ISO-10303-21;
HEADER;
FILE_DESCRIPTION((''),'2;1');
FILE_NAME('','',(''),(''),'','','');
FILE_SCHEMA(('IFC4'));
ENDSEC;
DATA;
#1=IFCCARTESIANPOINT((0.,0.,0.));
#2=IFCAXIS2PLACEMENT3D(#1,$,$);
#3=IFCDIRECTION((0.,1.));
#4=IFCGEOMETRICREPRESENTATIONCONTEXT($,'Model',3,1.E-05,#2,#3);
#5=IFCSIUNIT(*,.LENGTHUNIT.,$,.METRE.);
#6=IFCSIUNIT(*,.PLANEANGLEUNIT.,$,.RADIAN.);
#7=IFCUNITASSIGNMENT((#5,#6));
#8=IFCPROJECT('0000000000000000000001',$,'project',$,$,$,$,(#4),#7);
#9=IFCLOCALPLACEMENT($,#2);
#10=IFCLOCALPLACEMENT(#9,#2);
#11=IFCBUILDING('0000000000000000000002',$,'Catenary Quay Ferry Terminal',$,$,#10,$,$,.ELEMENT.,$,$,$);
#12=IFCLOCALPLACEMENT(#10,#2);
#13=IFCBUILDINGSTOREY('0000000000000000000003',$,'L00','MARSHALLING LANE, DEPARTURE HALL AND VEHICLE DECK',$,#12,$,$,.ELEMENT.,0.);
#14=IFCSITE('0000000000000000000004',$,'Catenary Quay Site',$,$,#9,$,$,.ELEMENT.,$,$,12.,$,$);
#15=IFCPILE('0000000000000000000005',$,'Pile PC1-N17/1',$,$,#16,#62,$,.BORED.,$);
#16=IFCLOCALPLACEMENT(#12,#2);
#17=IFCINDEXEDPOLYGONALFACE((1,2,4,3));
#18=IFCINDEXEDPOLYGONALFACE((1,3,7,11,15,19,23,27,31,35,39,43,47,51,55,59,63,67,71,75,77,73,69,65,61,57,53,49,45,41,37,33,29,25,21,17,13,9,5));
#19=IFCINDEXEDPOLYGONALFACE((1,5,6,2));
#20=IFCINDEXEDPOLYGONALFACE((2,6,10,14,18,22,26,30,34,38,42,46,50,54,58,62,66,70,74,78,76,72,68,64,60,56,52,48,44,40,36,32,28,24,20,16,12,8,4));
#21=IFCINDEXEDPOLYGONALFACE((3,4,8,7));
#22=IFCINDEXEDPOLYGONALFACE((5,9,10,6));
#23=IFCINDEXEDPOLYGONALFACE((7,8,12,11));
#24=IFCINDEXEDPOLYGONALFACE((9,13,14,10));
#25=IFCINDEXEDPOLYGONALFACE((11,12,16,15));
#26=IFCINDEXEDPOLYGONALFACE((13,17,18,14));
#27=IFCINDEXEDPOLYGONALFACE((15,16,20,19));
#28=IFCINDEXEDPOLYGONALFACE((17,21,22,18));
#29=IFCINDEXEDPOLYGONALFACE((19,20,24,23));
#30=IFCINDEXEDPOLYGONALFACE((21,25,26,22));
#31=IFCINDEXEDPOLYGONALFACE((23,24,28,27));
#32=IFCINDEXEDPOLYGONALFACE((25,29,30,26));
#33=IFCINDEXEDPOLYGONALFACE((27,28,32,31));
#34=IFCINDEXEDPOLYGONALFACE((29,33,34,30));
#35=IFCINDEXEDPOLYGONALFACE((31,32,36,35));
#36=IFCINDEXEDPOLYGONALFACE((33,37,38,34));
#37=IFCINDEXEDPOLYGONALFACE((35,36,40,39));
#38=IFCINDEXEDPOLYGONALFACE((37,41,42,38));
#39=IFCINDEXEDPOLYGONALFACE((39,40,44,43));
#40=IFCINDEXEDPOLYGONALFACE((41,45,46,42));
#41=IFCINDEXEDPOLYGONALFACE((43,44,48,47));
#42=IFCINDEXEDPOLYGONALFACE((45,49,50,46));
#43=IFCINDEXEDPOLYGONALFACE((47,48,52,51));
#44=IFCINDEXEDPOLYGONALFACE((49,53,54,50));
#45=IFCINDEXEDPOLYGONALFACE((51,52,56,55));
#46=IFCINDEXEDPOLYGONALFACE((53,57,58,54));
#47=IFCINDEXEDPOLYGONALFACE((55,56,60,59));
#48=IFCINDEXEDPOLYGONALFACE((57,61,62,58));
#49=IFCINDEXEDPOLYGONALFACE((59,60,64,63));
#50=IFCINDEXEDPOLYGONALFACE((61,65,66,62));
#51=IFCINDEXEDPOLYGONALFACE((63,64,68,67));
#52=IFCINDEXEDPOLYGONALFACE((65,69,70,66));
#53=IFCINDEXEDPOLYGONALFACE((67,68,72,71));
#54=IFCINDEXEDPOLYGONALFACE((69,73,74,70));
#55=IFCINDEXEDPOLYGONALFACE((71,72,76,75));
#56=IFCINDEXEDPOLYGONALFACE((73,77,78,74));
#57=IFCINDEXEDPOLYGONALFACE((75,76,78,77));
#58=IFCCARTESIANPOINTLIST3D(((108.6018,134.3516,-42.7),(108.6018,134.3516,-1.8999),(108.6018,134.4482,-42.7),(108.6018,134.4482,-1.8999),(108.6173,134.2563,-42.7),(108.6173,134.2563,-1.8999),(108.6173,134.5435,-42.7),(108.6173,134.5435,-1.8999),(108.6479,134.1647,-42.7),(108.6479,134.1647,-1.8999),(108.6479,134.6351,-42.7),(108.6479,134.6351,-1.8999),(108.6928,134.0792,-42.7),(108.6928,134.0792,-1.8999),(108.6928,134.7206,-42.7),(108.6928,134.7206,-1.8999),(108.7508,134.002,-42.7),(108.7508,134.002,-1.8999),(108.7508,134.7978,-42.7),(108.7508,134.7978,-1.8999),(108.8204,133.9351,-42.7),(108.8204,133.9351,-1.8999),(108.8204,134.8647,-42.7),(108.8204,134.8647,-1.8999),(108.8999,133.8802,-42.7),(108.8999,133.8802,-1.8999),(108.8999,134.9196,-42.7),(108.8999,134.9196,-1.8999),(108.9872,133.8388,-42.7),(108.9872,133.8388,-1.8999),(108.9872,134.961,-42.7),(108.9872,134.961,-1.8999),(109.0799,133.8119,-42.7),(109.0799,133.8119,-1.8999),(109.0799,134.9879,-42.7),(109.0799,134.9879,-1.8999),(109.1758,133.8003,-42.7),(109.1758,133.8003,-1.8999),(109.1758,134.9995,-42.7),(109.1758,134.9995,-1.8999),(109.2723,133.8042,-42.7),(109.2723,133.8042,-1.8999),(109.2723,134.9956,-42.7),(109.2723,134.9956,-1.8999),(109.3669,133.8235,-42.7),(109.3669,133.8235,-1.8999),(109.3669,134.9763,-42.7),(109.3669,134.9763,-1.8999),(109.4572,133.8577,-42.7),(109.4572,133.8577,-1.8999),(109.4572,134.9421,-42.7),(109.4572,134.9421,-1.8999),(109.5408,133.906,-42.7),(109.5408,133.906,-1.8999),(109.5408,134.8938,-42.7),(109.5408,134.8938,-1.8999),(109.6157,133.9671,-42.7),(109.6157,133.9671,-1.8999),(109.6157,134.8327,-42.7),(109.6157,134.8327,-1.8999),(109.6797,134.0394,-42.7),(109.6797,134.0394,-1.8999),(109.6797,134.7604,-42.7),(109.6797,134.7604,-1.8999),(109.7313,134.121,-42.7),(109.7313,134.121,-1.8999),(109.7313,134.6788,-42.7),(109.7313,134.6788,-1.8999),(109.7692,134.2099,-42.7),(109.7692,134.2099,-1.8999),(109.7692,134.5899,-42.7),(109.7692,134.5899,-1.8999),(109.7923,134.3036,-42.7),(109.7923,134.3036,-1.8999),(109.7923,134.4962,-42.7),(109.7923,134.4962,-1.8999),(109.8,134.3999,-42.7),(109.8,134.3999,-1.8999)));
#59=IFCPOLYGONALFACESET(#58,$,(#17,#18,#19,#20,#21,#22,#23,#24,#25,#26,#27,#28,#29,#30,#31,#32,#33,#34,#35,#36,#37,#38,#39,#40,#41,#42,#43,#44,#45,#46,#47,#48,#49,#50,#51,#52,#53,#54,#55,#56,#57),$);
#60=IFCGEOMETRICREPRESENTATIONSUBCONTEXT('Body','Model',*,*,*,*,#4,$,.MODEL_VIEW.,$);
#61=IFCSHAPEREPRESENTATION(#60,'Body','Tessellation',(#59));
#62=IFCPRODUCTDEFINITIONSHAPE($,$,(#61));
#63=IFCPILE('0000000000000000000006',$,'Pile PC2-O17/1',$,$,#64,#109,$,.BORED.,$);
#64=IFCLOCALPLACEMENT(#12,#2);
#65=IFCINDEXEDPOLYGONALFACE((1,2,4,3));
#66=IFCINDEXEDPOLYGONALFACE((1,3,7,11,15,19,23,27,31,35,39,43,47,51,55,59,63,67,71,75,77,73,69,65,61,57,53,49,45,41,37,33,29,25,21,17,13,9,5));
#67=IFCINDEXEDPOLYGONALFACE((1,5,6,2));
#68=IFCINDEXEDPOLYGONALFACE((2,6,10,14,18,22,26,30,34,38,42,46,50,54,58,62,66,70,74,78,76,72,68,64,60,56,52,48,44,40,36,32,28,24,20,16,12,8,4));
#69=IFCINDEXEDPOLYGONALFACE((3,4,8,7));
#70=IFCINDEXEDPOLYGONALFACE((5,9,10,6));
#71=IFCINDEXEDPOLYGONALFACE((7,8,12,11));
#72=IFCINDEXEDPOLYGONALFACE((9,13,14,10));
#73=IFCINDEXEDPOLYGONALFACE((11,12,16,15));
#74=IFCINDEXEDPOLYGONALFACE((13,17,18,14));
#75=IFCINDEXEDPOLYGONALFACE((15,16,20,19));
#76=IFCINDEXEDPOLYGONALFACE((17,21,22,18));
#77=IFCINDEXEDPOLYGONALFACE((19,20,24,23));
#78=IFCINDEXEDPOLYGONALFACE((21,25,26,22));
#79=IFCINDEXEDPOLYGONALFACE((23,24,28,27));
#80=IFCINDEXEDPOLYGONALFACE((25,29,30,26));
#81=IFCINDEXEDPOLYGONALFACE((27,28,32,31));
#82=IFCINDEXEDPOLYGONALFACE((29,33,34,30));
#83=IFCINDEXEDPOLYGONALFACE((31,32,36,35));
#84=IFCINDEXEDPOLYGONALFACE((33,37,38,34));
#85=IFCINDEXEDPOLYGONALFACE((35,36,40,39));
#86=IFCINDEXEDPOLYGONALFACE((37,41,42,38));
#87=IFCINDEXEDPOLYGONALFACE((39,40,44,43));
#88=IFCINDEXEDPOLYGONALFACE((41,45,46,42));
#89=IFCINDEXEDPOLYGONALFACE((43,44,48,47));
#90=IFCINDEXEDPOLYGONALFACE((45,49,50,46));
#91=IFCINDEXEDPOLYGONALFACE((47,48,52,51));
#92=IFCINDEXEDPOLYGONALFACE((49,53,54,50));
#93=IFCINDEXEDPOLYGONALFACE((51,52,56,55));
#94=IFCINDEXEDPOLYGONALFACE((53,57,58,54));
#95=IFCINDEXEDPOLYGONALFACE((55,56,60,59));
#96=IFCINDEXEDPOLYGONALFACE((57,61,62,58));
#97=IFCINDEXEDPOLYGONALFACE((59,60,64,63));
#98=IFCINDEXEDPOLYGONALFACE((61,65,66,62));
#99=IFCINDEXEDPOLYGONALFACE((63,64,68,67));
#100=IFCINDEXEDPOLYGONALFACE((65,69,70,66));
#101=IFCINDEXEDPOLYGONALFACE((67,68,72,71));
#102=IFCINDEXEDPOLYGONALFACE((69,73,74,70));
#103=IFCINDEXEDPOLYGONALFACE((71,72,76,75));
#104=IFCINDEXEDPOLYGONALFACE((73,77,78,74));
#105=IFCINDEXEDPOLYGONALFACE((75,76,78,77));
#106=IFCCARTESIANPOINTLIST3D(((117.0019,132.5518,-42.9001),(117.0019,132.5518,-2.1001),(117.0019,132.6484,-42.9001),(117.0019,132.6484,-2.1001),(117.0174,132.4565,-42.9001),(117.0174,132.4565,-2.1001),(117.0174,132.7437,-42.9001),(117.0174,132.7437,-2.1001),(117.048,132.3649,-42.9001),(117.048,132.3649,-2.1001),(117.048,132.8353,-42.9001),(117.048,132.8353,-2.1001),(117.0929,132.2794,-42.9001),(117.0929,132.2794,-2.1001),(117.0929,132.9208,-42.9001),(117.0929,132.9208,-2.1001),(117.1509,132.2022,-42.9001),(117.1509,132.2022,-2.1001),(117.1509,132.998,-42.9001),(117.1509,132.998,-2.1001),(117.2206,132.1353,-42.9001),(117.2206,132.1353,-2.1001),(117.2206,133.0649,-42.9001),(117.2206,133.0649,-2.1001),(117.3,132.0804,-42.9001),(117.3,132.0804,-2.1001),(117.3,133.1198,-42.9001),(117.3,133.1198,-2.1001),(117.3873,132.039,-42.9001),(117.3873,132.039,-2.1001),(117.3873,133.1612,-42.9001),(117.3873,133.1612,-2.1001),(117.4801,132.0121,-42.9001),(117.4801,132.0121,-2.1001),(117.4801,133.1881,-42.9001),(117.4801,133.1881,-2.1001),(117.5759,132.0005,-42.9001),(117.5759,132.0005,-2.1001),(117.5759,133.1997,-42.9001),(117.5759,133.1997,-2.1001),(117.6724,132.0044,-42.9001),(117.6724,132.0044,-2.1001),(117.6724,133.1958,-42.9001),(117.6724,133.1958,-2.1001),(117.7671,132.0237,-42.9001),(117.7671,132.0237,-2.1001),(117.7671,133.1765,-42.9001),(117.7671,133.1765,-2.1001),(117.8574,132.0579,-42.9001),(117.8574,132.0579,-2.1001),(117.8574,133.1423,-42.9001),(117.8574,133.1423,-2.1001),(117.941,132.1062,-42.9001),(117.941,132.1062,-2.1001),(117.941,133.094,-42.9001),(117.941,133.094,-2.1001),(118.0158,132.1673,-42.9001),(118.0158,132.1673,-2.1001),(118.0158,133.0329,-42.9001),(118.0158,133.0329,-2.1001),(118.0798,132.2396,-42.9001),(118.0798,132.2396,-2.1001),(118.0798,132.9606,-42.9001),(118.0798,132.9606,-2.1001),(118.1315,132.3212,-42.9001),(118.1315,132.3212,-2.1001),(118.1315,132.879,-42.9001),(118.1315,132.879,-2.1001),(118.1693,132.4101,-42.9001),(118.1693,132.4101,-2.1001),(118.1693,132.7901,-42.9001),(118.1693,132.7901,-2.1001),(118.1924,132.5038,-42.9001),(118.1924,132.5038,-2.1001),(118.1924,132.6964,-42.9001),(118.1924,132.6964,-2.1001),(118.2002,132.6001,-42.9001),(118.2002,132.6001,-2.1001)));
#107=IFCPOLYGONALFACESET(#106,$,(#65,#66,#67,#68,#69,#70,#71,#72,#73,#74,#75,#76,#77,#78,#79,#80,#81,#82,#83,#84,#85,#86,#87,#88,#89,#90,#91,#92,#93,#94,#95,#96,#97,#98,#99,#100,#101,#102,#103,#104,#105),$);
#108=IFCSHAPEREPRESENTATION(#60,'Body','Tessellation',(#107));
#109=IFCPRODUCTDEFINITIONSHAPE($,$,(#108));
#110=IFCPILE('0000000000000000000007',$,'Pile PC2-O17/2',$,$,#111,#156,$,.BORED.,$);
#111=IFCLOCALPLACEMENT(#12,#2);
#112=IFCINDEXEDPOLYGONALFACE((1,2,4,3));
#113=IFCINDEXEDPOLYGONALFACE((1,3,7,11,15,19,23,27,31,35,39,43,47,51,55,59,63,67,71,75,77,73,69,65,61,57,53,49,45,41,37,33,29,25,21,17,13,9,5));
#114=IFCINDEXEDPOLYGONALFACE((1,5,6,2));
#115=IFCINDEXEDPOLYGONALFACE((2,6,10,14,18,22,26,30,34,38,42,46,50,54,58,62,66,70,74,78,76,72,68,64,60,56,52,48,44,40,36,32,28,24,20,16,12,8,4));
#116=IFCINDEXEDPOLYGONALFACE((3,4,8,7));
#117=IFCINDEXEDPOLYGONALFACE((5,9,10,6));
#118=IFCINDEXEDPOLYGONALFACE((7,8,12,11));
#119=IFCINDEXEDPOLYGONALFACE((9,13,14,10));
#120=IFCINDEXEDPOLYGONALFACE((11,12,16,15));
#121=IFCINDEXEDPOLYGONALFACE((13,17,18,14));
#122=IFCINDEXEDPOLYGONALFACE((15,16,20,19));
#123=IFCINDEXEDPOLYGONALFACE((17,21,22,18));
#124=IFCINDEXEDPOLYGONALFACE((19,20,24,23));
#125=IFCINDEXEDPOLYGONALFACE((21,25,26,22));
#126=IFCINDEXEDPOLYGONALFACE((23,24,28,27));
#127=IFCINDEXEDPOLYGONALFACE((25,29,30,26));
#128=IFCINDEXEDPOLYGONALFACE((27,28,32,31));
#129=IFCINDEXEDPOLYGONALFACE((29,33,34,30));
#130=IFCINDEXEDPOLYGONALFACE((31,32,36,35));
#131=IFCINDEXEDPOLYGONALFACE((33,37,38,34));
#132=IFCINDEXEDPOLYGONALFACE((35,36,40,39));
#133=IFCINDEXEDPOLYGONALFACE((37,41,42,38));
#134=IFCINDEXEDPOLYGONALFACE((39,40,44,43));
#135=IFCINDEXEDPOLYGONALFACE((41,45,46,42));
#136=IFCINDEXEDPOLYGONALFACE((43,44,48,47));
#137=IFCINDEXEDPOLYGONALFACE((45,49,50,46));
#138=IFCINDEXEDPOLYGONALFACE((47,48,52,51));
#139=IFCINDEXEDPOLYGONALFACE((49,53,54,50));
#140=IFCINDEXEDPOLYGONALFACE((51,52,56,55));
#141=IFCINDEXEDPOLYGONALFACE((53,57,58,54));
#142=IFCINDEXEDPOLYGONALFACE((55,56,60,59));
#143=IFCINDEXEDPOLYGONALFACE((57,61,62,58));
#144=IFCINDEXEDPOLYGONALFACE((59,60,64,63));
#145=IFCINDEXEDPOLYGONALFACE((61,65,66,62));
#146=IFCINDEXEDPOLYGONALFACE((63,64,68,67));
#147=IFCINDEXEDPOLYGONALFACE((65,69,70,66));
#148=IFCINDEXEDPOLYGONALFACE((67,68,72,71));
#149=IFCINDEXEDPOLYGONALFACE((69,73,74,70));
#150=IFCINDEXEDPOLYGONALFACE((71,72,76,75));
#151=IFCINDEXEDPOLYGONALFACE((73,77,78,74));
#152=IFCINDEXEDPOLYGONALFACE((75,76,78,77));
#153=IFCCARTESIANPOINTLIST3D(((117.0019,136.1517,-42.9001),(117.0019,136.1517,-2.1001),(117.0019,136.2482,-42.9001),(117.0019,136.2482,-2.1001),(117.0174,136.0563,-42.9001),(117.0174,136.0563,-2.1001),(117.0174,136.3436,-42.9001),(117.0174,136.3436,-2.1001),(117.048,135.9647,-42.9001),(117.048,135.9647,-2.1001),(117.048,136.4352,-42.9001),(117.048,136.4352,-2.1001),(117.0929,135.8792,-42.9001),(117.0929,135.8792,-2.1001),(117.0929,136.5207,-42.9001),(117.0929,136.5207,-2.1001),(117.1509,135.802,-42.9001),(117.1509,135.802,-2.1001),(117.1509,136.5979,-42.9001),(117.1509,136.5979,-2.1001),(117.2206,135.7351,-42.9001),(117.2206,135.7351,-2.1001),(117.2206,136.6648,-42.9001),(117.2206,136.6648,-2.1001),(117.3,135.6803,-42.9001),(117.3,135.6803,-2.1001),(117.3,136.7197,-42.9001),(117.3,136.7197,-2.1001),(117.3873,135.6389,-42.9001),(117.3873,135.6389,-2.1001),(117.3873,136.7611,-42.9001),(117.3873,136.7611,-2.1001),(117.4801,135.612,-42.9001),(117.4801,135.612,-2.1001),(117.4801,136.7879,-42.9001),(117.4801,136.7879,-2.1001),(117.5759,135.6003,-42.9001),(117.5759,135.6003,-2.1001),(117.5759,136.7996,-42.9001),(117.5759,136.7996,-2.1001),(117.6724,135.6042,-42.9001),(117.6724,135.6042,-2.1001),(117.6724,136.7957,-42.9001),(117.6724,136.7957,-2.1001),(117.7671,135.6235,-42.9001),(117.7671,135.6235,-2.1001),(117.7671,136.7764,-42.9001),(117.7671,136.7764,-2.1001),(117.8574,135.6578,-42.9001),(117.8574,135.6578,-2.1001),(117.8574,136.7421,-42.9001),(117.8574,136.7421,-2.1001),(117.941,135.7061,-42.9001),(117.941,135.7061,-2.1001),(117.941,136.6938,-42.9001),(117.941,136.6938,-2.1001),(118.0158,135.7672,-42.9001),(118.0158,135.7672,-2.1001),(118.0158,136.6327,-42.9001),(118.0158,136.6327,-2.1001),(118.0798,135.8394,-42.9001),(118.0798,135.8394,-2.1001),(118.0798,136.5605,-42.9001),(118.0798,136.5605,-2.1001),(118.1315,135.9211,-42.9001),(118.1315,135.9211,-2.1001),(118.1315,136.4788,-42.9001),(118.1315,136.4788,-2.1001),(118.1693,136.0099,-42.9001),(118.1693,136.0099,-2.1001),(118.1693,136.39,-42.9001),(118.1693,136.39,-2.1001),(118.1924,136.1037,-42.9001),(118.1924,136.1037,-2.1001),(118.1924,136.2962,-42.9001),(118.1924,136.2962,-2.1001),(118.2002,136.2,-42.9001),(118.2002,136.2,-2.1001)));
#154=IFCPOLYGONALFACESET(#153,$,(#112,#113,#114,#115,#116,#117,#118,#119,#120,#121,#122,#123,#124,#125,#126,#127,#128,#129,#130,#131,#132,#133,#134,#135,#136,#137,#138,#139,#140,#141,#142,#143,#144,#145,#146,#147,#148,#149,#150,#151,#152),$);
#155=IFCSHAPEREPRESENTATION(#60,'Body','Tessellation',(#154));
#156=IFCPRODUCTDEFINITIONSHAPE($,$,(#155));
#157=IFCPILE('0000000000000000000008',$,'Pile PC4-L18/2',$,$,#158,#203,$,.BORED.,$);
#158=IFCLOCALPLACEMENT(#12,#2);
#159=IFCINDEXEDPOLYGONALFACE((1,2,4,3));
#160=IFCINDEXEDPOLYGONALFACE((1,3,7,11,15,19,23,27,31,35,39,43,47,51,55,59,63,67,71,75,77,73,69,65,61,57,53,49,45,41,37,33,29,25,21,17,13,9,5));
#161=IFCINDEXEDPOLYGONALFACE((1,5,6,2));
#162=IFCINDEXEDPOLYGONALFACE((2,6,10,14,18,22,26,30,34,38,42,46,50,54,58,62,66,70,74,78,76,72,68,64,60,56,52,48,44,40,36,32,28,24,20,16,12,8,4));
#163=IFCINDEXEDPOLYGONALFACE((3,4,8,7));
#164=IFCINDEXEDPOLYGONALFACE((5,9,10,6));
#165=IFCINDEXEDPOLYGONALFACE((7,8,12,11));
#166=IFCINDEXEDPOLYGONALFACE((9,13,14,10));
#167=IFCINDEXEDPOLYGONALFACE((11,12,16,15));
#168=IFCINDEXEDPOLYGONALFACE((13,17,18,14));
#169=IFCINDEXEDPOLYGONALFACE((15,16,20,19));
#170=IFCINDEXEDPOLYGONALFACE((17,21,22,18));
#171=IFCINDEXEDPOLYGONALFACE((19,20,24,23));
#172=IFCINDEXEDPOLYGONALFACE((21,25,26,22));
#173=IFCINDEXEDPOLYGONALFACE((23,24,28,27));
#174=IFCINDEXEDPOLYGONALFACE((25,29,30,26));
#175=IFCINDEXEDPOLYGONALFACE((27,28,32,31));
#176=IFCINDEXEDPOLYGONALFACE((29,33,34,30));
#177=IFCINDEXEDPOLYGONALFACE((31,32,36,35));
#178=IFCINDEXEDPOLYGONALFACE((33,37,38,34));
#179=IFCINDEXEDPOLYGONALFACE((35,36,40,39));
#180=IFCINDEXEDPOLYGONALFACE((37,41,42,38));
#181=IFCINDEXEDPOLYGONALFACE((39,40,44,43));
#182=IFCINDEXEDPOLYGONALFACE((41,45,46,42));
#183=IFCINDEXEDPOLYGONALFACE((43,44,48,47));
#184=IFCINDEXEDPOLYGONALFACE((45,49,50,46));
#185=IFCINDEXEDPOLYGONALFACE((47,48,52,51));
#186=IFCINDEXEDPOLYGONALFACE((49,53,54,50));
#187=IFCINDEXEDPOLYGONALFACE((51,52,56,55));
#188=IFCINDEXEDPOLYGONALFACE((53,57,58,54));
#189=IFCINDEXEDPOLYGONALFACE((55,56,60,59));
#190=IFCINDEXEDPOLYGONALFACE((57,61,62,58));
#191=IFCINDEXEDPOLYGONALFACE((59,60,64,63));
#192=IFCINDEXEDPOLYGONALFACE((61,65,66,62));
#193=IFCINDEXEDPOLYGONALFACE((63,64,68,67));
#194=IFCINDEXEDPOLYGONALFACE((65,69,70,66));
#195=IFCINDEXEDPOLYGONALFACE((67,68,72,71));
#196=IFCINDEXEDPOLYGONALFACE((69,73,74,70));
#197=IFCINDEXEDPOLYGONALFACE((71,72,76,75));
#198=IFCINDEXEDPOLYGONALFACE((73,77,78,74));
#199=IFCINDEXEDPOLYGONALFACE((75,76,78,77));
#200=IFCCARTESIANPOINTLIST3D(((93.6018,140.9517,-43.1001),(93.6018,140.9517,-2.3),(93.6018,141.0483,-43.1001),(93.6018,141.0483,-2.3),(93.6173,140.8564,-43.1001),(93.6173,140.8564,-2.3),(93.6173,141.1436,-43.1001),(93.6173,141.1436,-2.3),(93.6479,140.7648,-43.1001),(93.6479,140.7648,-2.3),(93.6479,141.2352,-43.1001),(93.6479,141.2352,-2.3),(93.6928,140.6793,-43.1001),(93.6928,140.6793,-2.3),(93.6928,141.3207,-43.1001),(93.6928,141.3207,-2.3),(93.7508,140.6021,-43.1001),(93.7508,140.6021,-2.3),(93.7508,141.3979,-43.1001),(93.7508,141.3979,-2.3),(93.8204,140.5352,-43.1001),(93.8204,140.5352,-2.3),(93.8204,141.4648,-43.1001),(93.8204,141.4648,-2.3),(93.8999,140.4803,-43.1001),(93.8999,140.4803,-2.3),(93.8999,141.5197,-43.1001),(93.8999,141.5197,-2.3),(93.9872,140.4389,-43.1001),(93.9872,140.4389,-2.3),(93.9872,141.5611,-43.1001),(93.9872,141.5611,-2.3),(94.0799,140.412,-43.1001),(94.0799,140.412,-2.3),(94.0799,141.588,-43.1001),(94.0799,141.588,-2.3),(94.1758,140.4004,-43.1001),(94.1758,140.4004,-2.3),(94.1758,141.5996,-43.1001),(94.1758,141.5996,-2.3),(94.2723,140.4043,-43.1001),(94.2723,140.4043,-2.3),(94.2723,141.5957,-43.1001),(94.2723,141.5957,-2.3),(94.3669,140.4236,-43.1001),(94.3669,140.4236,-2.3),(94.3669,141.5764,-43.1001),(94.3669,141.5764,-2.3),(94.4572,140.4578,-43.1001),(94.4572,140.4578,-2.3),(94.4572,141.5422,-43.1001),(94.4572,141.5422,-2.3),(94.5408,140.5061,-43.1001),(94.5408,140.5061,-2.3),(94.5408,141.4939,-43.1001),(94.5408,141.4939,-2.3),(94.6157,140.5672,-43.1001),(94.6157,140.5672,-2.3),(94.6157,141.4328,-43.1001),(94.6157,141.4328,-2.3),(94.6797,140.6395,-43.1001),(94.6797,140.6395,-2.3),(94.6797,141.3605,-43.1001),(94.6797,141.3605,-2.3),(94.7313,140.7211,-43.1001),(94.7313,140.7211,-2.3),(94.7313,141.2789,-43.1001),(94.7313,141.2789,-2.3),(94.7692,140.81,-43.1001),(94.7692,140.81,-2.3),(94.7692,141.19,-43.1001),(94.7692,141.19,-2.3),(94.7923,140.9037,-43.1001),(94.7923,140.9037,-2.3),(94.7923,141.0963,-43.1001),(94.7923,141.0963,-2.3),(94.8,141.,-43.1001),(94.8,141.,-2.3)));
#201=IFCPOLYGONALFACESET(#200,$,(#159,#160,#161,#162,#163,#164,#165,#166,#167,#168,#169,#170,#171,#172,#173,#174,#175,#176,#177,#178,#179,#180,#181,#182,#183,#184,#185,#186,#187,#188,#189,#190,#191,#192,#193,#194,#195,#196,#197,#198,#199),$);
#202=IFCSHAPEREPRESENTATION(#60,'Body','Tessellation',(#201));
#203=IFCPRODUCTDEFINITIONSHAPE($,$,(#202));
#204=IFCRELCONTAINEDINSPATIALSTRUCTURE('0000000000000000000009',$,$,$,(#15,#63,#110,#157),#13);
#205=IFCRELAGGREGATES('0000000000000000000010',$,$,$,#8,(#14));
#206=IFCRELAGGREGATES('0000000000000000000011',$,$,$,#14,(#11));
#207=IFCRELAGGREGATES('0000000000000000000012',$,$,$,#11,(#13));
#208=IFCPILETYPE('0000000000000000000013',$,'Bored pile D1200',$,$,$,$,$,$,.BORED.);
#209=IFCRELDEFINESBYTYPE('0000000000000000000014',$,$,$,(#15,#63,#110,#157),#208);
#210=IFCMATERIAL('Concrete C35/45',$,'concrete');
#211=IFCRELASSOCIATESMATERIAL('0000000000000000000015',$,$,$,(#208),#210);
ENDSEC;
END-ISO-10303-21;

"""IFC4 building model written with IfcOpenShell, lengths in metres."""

from ifc_helpers import new_model, si_unit, direction, frame, origin, origin_2d, place, context, subcontext, project, spatial, circle, extrude, material, material_profile, profile_set, type_object, element, save


model = new_model("IFC4")

# Units and contexts
model_context = context("Model", 3, precision=1e-05, world=origin(), true_north=direction((0.0, 1.0)))
body_context = subcontext(model_context, "Body", "Model", "MODEL_VIEW")
ifc_project = project(units=[si_unit("LENGTHUNIT", "METRE"), si_unit("PLANEANGLEUNIT", "RADIAN")], contexts=[model_context])

# Site, building, storey
site_placement = place(None, origin())
site = spatial("IfcSite", under=ifc_project, at=site_placement, Name="Catenary Quay Site", CompositionType="ELEMENT", RefElevation=12.0)
building_placement = place(site_placement, origin())
building = spatial("IfcBuilding", under=site, at=building_placement, Name="Catenary Quay Ferry Terminal", CompositionType="ELEMENT")
storey_placement = place(building_placement, origin())
storey = spatial("IfcBuildingStorey", under=building, at=storey_placement, Name="L00", Description="MARSHALLING LANE, DEPARTURE HALL AND VEHICLE DECK", CompositionType="ELEMENT", Elevation=0.0)

# Piles
ifc_material_1 = material(Name="Concrete C35/45", Category="concrete")
ifc_material_profile_1 = material_profile(ifc_material_1, circle(Radius=0.6001, at=origin_2d()), Name="D1200")
ifc_profile_set_1 = profile_set([ifc_material_profile_1], Name="Concrete C35/45")
pile_type = type_object("IfcPileType", Name="Bored pile D1200", PredefinedType="BORED", material=ifc_profile_set_1)
for number, where, z_axis, x_axis, name in (
    (1, (109.2, 134.3999, -1.8999), (0.0, 0.0, -1.0), (1.0, 0.0, 0.0), "Pile PC1-N17/1"),
    (2, (117.6001, 132.6001, -2.1001), (0.0, 0.0, -1.0), (1.0, 0.0, 0.0), "Pile PC2-O17/1"),
    (3, (117.6001, 136.2, -2.1001), (0.0, 0.0, -1.0), (1.0, 0.0, 0.0), "Pile PC2-O17/2"),
    (4, (94.2, 141.0, -2.3), (0.0, 0.0, -1.0), (1.0, 0.0, 0.0), "Pile PC4-L18/2"),
):
    element("IfcPile", number, at=place(storey_placement, frame(where, z_axis=z_axis, x_axis=x_axis)), inside=storey, type_object=pile_type, Name=name, PredefinedType="BORED", context=body_context, shape_type="SweptSolid", body=[
        extrude(circle(Radius=0.6001, at=origin_2d()), origin(), (0.0, 0.0, 1.0), 40.8),
    ])

save(model, "model.ifc")
